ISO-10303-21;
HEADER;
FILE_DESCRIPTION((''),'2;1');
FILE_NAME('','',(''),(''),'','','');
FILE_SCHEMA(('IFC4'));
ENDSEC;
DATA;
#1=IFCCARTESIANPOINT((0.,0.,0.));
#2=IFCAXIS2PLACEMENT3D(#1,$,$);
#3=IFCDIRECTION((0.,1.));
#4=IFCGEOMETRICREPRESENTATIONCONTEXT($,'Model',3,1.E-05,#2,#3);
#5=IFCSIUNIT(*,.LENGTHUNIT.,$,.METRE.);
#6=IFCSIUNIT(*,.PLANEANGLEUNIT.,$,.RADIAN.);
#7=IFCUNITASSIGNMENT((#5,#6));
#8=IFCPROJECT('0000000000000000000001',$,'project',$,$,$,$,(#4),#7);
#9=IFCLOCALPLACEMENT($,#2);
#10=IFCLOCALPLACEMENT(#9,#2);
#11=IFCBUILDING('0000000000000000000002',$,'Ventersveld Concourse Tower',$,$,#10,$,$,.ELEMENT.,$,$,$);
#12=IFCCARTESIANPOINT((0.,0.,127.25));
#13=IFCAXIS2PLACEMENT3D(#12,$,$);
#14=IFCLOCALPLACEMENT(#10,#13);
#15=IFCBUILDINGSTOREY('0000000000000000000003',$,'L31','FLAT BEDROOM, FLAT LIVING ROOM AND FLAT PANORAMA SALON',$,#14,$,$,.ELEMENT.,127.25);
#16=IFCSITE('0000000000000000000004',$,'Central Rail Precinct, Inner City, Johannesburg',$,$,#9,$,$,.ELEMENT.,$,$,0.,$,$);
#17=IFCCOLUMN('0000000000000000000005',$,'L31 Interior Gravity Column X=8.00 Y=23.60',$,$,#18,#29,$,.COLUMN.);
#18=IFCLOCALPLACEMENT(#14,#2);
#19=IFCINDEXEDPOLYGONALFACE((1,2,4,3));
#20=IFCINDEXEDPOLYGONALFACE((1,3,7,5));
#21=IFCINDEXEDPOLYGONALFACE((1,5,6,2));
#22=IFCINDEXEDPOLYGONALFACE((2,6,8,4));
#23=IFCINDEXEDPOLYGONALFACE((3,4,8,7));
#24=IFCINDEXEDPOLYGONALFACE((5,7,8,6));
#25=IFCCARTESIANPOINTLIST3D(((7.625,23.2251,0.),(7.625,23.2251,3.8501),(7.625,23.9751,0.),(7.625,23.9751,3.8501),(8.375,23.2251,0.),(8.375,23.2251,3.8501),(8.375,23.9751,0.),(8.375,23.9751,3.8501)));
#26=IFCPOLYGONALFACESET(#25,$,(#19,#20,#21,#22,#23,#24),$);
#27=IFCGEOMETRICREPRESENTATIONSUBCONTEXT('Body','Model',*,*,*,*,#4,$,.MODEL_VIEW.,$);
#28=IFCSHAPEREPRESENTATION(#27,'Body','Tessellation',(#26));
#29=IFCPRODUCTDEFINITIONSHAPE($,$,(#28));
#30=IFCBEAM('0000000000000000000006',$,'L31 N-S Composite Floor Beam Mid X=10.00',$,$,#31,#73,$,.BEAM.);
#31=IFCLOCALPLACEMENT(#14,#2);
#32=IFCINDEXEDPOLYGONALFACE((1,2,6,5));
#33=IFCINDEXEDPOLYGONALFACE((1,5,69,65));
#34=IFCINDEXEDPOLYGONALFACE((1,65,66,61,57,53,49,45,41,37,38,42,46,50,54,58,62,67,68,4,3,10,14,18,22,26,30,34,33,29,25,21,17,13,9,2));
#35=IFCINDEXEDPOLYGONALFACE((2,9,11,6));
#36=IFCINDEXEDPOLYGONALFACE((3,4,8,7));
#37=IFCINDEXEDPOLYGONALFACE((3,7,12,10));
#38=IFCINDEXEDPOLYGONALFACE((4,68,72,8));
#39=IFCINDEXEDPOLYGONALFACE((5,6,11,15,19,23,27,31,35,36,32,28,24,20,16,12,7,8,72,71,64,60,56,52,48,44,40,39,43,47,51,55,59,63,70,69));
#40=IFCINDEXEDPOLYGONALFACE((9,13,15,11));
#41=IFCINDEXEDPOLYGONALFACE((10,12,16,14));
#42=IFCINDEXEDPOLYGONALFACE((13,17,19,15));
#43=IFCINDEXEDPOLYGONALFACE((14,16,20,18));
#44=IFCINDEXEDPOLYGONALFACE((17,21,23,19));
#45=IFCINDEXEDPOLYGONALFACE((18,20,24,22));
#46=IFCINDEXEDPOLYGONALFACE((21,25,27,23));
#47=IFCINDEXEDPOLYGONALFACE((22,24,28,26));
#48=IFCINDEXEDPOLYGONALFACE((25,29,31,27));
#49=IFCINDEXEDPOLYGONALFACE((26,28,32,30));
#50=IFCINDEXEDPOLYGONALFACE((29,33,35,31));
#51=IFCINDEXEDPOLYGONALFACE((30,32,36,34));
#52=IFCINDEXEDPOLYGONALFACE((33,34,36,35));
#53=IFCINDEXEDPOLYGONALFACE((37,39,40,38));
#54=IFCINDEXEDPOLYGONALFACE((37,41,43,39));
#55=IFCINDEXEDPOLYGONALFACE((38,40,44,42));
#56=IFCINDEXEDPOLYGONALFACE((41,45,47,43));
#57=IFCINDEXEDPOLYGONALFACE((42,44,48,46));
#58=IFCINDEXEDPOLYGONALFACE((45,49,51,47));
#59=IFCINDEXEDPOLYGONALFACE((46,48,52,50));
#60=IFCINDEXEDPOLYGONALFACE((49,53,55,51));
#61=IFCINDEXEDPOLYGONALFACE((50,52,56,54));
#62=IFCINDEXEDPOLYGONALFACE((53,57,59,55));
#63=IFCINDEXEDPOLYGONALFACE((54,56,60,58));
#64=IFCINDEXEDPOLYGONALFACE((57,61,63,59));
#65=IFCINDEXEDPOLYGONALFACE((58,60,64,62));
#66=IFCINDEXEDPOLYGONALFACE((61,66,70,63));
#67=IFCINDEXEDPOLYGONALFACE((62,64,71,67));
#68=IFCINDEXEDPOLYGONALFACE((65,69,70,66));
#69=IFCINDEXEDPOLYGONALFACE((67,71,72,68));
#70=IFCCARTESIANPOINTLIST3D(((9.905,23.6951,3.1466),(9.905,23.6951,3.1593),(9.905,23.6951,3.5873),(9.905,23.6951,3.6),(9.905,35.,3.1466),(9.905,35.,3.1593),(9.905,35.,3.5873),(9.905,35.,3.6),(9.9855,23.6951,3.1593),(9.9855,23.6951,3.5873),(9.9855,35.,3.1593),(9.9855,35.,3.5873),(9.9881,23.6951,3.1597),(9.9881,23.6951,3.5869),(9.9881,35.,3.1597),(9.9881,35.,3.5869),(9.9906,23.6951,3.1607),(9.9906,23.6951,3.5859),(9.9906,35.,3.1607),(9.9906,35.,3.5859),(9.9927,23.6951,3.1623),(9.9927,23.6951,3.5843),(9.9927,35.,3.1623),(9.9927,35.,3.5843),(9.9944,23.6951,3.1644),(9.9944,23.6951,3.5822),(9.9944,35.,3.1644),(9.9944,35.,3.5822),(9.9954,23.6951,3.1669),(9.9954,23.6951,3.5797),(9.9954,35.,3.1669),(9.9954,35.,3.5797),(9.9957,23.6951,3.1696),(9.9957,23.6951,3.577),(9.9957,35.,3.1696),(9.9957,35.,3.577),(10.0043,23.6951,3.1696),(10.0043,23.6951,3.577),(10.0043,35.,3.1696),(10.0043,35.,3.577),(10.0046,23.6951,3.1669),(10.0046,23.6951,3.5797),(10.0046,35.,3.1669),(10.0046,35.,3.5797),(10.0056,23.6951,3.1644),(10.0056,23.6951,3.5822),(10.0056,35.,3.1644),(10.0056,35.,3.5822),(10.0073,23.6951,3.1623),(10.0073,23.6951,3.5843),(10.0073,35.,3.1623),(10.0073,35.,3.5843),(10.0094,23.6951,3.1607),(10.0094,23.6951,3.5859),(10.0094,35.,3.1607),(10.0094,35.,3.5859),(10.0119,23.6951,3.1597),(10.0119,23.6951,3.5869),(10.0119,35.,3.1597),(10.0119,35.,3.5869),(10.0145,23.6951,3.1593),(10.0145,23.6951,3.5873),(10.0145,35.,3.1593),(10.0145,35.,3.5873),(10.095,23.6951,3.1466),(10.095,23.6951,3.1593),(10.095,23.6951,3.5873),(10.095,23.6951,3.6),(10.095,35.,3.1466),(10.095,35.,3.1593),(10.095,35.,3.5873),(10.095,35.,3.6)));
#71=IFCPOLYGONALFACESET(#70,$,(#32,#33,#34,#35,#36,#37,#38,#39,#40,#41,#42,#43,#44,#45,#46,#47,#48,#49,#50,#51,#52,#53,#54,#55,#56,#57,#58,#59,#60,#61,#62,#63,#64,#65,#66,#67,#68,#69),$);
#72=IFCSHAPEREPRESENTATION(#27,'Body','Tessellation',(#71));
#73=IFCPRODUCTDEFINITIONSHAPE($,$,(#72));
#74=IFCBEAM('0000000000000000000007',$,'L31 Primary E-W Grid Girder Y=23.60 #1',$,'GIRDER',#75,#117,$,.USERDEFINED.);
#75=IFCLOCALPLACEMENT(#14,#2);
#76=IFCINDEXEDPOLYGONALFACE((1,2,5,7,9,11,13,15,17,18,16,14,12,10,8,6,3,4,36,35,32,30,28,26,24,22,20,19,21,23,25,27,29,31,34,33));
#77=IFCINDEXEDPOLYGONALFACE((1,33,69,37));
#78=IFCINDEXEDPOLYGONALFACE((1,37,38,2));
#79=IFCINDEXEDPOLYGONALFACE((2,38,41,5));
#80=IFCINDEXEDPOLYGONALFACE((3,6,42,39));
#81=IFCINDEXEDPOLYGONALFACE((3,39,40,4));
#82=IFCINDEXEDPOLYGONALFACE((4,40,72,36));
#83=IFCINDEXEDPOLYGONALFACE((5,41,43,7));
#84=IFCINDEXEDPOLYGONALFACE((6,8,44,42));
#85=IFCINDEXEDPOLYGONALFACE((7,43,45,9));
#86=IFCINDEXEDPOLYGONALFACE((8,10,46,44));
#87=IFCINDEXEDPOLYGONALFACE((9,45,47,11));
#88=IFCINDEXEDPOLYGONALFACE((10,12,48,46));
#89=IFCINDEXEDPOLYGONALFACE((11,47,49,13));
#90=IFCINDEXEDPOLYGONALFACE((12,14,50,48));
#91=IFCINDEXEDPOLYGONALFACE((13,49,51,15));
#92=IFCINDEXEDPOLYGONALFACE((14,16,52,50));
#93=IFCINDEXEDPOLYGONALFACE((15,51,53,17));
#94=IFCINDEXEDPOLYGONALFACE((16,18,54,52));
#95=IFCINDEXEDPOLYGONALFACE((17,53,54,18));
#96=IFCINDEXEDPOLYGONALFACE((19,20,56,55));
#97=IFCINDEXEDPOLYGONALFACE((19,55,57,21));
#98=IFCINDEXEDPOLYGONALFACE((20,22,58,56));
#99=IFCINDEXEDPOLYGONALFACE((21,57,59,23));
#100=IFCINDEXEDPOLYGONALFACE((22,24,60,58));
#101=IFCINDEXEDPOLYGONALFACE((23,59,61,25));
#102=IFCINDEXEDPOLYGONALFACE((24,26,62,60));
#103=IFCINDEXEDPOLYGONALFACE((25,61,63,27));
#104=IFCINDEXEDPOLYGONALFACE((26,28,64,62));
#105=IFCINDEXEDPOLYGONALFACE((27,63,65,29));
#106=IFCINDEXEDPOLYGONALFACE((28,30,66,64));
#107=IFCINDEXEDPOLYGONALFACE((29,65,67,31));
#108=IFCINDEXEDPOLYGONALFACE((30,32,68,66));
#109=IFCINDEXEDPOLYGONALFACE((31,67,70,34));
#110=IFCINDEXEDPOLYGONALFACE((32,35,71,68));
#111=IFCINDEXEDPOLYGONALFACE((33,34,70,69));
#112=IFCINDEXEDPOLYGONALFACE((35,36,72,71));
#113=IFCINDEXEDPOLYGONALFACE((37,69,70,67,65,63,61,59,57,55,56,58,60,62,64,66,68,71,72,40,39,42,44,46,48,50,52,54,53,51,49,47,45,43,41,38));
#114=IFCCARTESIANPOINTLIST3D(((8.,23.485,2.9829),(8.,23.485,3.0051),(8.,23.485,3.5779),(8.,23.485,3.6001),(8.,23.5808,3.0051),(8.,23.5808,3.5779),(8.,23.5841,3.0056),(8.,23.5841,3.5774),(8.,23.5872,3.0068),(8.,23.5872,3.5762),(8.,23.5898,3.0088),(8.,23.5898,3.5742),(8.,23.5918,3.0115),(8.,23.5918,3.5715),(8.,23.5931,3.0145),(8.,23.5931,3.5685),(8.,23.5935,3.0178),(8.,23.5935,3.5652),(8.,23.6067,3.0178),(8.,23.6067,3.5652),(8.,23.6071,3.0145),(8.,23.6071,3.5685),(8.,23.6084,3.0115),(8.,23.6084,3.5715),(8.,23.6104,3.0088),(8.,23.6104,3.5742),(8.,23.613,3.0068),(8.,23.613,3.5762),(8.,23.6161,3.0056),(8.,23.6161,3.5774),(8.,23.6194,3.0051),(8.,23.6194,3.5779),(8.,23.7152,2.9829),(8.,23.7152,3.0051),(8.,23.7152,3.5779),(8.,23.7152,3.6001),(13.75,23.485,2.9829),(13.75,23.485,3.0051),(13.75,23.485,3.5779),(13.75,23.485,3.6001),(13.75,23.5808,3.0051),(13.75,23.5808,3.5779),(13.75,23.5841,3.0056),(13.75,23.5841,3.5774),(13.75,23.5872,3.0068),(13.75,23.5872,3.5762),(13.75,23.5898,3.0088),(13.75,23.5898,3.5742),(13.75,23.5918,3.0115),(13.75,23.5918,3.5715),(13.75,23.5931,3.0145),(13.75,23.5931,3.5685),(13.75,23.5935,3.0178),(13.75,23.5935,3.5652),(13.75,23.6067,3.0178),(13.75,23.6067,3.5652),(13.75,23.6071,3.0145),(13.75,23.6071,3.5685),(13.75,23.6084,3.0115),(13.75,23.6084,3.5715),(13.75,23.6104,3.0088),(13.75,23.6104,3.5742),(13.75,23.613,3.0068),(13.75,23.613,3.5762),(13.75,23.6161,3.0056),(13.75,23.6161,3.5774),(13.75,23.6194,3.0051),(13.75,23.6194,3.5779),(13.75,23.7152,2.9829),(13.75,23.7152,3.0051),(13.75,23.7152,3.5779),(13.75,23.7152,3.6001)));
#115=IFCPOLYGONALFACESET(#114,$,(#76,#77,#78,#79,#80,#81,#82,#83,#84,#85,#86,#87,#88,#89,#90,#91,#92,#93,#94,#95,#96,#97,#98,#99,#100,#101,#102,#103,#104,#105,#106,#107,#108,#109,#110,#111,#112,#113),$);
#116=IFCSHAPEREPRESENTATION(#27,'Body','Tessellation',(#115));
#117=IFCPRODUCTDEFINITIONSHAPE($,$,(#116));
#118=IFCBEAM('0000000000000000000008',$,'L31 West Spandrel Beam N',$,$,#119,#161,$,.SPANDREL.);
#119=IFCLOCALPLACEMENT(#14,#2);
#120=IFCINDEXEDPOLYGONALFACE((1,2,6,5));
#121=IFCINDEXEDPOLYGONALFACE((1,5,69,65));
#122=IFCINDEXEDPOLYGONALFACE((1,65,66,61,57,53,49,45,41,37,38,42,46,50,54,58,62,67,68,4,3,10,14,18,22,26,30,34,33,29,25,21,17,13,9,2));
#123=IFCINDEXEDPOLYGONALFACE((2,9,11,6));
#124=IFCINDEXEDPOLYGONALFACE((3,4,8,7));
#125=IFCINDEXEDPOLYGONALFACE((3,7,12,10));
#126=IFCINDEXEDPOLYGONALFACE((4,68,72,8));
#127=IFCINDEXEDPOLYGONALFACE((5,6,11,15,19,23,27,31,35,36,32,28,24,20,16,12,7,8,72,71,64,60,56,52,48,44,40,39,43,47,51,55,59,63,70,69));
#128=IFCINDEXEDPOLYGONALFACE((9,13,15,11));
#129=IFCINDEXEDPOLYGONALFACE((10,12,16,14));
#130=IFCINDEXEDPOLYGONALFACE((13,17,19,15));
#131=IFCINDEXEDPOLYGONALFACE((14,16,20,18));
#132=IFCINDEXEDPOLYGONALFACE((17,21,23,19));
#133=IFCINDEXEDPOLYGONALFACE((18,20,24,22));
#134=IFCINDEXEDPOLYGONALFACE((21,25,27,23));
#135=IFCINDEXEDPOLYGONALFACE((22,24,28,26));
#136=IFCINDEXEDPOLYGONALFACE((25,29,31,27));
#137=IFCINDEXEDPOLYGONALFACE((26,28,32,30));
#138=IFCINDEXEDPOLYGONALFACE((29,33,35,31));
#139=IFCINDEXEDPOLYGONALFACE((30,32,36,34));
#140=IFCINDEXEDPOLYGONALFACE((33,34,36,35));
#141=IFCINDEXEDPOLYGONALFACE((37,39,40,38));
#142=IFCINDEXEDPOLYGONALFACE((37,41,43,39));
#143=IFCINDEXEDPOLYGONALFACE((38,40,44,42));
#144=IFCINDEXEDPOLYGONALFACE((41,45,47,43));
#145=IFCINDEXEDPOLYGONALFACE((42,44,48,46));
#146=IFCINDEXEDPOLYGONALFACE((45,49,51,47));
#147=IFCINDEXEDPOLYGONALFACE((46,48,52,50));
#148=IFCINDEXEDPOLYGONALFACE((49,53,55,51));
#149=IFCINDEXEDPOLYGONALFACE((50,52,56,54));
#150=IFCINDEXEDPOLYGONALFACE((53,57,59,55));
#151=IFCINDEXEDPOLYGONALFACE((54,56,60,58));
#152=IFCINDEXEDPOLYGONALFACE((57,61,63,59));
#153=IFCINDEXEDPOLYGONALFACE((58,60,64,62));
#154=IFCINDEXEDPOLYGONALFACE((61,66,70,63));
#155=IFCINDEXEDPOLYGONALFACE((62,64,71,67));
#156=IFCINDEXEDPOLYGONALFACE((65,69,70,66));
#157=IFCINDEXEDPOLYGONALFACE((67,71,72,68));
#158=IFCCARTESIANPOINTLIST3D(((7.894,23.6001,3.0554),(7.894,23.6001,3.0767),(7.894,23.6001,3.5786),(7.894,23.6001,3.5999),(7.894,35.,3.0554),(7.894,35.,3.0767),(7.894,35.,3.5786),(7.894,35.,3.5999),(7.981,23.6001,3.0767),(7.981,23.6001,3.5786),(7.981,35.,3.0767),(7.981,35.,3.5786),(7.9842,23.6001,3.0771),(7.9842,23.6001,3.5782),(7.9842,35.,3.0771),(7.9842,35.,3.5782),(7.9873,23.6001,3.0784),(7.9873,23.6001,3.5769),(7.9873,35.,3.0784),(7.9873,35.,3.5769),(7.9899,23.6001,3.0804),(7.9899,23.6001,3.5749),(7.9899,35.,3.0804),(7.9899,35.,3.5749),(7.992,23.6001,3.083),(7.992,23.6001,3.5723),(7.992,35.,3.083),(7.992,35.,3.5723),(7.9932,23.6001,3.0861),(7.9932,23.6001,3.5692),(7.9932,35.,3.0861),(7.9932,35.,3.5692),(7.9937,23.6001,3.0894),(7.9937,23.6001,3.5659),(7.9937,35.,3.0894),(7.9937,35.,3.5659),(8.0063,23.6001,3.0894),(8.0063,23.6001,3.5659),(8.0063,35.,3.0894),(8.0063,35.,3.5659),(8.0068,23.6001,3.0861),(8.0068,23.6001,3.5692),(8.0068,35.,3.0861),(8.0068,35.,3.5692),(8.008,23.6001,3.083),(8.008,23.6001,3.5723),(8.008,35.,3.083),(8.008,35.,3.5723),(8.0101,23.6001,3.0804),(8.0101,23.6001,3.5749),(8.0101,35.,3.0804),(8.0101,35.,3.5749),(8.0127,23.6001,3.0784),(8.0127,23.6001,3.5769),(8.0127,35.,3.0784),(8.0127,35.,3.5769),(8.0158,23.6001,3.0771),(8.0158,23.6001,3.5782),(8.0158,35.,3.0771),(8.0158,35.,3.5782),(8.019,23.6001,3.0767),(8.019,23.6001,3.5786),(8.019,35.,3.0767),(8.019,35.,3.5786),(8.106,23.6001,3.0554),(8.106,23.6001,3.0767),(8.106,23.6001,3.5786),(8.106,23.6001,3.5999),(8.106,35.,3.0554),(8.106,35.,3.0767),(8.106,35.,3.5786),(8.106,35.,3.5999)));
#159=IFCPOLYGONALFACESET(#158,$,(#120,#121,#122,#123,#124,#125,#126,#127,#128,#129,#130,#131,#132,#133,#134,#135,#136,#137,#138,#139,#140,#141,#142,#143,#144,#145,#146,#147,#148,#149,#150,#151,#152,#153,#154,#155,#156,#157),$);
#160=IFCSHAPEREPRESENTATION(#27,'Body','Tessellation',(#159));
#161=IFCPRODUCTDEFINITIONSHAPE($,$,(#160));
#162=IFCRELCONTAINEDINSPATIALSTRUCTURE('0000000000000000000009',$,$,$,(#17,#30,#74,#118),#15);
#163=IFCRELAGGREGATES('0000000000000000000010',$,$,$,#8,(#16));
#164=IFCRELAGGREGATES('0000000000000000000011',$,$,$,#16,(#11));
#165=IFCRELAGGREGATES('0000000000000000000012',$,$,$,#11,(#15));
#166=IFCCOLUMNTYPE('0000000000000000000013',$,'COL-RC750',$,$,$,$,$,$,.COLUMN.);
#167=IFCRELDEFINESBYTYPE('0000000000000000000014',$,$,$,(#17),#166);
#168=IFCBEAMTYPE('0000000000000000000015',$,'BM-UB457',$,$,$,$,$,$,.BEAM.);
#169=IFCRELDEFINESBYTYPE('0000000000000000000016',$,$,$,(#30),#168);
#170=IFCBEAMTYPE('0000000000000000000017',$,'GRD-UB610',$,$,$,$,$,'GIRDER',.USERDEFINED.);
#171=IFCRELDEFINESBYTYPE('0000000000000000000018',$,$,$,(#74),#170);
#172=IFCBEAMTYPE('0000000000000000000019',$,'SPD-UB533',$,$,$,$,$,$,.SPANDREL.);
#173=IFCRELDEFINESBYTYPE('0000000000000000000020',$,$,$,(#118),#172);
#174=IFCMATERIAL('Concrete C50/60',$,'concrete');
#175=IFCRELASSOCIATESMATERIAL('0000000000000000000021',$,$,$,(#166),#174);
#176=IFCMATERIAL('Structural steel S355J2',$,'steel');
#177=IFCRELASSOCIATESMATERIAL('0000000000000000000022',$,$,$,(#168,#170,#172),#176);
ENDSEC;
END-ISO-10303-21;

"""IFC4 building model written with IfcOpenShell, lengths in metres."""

from ifc_helpers import new_model, si_unit, direction, frame, origin, origin_2d, place, context, subcontext, project, spatial, rectangle, i_section, extrude, material, material_profile, profile_set, type_object, element, save


model = new_model("IFC4")

# Units and contexts
model_context = context("Model", 3, precision=1e-05, world=origin(), true_north=direction((0.0, 1.0)))
body_context = subcontext(model_context, "Body", "Model", "MODEL_VIEW")
ifc_project = project(units=[si_unit("LENGTHUNIT", "METRE"), si_unit("PLANEANGLEUNIT", "RADIAN")], contexts=[model_context])

# Site, building, storey
site_placement = place(None, origin())
site = spatial("IfcSite", under=ifc_project, at=site_placement, Name="Central Rail Precinct, Inner City, Johannesburg", CompositionType="ELEMENT", RefElevation=0.0)
building_placement = place(site_placement, origin())
building = spatial("IfcBuilding", under=site, at=building_placement, Name="Ventersveld Concourse Tower", CompositionType="ELEMENT")
storey_placement = place(building_placement, frame((0.0, 0.0, 127.25)))
storey = spatial("IfcBuildingStorey", under=building, at=storey_placement, Name="L31", Description="FLAT BEDROOM, FLAT LIVING ROOM AND FLAT PANORAMA SALON", CompositionType="ELEMENT", Elevation=127.25)

# Column
ifc_material_1 = material(Name="Concrete C50/60", Category="concrete")
ifc_material_profile_1 = material_profile(ifc_material_1, rectangle(XDim=0.75, YDim=0.75, at=origin_2d()), Name="RC 750x750")
ifc_profile_set_1 = profile_set([ifc_material_profile_1], Name="Concrete C50/60")
column_type = type_object("IfcColumnType", Name="COL-RC750", PredefinedType="COLUMN", material=ifc_profile_set_1)
column_placement = place(storey_placement, frame((8.0, 23.6001, 0.0), z_axis=(0.0, 0.0, 1.0), x_axis=(1.0, 0.0, 0.0)))
element("IfcColumn", 1, at=column_placement, inside=storey, type_object=column_type, Name="L31 Interior Gravity Column X=8.00 Y=23.60", PredefinedType="COLUMN", context=body_context, shape_type="SweptSolid", body=[
    extrude(rectangle(XDim=0.75, YDim=0.75, at=origin_2d()), origin(), (0.0, 0.0, 1.0), 3.8501),
])

# Beams
ifc_material_2 = material(Name="Structural steel S355J2", Category="steel")
ifc_material_profile_2 = material_profile(ifc_material_2, i_section(OverallWidth=0.1899, OverallDepth=0.4534, WebThickness=0.0085, FlangeThickness=0.0127, FilletRadius=0.0103, at=origin_2d()), Name="UB 457x191x67")
ifc_profile_set_2 = profile_set([ifc_material_profile_2], Name="Structural steel S355J2")
beam_type_1 = type_object("IfcBeamType", Name="BM-UB457", PredefinedType="BEAM", material=ifc_profile_set_2)
beam_1_placement = place(storey_placement, frame((10.0, 23.6951, 3.3733), z_axis=(0.0, 1.0, 0.0), x_axis=(-1.0, 0.0, 0.0)))
element("IfcBeam", 2, at=beam_1_placement, inside=storey, type_object=beam_type_1, Name="L31 N-S Composite Floor Beam Mid X=10.00", PredefinedType="BEAM", context=body_context, shape_type="SweptSolid", body=[
    extrude(i_section(OverallWidth=0.1899, OverallDepth=0.4534, WebThickness=0.0085, FlangeThickness=0.0127, FilletRadius=0.0103, at=origin_2d()), origin(), (0.0, 0.0, 1.0), 11.3049),
])
ifc_material_profile_3 = material_profile(ifc_material_2, i_section(OverallWidth=0.2302, OverallDepth=0.6172, WebThickness=0.0132, FlangeThickness=0.0222, FilletRadius=0.0127, at=origin_2d()), Name="UB 610x229x140")
ifc_profile_set_3 = profile_set([ifc_material_profile_3], Name="Structural steel S355J2")
beam_type_2 = type_object("IfcBeamType", Name="GRD-UB610", ElementType="GIRDER", PredefinedType="USERDEFINED", material=ifc_profile_set_3)
beam_2_placement = place(storey_placement, frame((8.0, 23.6001, 3.2915), z_axis=(1.0, 0.0, 0.0), x_axis=(0.0, 1.0, 0.0)))
element("IfcBeam", 3, at=beam_2_placement, inside=storey, type_object=beam_type_2, Name="L31 Primary E-W Grid Girder Y=23.60 #1", ObjectType="GIRDER", PredefinedType="USERDEFINED", context=body_context, shape_type="SweptSolid", body=[
    extrude(i_section(OverallWidth=0.2302, OverallDepth=0.6172, WebThickness=0.0132, FlangeThickness=0.0222, FilletRadius=0.0127, at=origin_2d()), origin(), (0.0, 0.0, 1.0), 5.75),
])
ifc_material_profile_4 = material_profile(ifc_material_2, i_section(OverallWidth=0.2119, OverallDepth=0.5444, WebThickness=0.0127, FlangeThickness=0.0212, FilletRadius=0.0127, at=origin_2d()), Name="UB 533x210x122")
ifc_profile_set_4 = profile_set([ifc_material_profile_4], Name="Structural steel S355J2")
beam_type_3 = type_object("IfcBeamType", Name="SPD-UB533", PredefinedType="SPANDREL", material=ifc_profile_set_4)
beam_3_placement = place(storey_placement, frame((8.0, 23.6001, 3.3276), z_axis=(0.0, 1.0, 0.0), x_axis=(-1.0, 0.0, 0.0)))
element("IfcBeam", 4, at=beam_3_placement, inside=storey, type_object=beam_type_3, Name="L31 West Spandrel Beam N", PredefinedType="SPANDREL", context=body_context, shape_type="SweptSolid", body=[
    extrude(i_section(OverallWidth=0.2119, OverallDepth=0.5444, WebThickness=0.0127, FlangeThickness=0.0212, FilletRadius=0.0127, at=origin_2d()), origin(), (0.0, 0.0, 1.0), 11.3999),
])

save(model, "model.ifc")
